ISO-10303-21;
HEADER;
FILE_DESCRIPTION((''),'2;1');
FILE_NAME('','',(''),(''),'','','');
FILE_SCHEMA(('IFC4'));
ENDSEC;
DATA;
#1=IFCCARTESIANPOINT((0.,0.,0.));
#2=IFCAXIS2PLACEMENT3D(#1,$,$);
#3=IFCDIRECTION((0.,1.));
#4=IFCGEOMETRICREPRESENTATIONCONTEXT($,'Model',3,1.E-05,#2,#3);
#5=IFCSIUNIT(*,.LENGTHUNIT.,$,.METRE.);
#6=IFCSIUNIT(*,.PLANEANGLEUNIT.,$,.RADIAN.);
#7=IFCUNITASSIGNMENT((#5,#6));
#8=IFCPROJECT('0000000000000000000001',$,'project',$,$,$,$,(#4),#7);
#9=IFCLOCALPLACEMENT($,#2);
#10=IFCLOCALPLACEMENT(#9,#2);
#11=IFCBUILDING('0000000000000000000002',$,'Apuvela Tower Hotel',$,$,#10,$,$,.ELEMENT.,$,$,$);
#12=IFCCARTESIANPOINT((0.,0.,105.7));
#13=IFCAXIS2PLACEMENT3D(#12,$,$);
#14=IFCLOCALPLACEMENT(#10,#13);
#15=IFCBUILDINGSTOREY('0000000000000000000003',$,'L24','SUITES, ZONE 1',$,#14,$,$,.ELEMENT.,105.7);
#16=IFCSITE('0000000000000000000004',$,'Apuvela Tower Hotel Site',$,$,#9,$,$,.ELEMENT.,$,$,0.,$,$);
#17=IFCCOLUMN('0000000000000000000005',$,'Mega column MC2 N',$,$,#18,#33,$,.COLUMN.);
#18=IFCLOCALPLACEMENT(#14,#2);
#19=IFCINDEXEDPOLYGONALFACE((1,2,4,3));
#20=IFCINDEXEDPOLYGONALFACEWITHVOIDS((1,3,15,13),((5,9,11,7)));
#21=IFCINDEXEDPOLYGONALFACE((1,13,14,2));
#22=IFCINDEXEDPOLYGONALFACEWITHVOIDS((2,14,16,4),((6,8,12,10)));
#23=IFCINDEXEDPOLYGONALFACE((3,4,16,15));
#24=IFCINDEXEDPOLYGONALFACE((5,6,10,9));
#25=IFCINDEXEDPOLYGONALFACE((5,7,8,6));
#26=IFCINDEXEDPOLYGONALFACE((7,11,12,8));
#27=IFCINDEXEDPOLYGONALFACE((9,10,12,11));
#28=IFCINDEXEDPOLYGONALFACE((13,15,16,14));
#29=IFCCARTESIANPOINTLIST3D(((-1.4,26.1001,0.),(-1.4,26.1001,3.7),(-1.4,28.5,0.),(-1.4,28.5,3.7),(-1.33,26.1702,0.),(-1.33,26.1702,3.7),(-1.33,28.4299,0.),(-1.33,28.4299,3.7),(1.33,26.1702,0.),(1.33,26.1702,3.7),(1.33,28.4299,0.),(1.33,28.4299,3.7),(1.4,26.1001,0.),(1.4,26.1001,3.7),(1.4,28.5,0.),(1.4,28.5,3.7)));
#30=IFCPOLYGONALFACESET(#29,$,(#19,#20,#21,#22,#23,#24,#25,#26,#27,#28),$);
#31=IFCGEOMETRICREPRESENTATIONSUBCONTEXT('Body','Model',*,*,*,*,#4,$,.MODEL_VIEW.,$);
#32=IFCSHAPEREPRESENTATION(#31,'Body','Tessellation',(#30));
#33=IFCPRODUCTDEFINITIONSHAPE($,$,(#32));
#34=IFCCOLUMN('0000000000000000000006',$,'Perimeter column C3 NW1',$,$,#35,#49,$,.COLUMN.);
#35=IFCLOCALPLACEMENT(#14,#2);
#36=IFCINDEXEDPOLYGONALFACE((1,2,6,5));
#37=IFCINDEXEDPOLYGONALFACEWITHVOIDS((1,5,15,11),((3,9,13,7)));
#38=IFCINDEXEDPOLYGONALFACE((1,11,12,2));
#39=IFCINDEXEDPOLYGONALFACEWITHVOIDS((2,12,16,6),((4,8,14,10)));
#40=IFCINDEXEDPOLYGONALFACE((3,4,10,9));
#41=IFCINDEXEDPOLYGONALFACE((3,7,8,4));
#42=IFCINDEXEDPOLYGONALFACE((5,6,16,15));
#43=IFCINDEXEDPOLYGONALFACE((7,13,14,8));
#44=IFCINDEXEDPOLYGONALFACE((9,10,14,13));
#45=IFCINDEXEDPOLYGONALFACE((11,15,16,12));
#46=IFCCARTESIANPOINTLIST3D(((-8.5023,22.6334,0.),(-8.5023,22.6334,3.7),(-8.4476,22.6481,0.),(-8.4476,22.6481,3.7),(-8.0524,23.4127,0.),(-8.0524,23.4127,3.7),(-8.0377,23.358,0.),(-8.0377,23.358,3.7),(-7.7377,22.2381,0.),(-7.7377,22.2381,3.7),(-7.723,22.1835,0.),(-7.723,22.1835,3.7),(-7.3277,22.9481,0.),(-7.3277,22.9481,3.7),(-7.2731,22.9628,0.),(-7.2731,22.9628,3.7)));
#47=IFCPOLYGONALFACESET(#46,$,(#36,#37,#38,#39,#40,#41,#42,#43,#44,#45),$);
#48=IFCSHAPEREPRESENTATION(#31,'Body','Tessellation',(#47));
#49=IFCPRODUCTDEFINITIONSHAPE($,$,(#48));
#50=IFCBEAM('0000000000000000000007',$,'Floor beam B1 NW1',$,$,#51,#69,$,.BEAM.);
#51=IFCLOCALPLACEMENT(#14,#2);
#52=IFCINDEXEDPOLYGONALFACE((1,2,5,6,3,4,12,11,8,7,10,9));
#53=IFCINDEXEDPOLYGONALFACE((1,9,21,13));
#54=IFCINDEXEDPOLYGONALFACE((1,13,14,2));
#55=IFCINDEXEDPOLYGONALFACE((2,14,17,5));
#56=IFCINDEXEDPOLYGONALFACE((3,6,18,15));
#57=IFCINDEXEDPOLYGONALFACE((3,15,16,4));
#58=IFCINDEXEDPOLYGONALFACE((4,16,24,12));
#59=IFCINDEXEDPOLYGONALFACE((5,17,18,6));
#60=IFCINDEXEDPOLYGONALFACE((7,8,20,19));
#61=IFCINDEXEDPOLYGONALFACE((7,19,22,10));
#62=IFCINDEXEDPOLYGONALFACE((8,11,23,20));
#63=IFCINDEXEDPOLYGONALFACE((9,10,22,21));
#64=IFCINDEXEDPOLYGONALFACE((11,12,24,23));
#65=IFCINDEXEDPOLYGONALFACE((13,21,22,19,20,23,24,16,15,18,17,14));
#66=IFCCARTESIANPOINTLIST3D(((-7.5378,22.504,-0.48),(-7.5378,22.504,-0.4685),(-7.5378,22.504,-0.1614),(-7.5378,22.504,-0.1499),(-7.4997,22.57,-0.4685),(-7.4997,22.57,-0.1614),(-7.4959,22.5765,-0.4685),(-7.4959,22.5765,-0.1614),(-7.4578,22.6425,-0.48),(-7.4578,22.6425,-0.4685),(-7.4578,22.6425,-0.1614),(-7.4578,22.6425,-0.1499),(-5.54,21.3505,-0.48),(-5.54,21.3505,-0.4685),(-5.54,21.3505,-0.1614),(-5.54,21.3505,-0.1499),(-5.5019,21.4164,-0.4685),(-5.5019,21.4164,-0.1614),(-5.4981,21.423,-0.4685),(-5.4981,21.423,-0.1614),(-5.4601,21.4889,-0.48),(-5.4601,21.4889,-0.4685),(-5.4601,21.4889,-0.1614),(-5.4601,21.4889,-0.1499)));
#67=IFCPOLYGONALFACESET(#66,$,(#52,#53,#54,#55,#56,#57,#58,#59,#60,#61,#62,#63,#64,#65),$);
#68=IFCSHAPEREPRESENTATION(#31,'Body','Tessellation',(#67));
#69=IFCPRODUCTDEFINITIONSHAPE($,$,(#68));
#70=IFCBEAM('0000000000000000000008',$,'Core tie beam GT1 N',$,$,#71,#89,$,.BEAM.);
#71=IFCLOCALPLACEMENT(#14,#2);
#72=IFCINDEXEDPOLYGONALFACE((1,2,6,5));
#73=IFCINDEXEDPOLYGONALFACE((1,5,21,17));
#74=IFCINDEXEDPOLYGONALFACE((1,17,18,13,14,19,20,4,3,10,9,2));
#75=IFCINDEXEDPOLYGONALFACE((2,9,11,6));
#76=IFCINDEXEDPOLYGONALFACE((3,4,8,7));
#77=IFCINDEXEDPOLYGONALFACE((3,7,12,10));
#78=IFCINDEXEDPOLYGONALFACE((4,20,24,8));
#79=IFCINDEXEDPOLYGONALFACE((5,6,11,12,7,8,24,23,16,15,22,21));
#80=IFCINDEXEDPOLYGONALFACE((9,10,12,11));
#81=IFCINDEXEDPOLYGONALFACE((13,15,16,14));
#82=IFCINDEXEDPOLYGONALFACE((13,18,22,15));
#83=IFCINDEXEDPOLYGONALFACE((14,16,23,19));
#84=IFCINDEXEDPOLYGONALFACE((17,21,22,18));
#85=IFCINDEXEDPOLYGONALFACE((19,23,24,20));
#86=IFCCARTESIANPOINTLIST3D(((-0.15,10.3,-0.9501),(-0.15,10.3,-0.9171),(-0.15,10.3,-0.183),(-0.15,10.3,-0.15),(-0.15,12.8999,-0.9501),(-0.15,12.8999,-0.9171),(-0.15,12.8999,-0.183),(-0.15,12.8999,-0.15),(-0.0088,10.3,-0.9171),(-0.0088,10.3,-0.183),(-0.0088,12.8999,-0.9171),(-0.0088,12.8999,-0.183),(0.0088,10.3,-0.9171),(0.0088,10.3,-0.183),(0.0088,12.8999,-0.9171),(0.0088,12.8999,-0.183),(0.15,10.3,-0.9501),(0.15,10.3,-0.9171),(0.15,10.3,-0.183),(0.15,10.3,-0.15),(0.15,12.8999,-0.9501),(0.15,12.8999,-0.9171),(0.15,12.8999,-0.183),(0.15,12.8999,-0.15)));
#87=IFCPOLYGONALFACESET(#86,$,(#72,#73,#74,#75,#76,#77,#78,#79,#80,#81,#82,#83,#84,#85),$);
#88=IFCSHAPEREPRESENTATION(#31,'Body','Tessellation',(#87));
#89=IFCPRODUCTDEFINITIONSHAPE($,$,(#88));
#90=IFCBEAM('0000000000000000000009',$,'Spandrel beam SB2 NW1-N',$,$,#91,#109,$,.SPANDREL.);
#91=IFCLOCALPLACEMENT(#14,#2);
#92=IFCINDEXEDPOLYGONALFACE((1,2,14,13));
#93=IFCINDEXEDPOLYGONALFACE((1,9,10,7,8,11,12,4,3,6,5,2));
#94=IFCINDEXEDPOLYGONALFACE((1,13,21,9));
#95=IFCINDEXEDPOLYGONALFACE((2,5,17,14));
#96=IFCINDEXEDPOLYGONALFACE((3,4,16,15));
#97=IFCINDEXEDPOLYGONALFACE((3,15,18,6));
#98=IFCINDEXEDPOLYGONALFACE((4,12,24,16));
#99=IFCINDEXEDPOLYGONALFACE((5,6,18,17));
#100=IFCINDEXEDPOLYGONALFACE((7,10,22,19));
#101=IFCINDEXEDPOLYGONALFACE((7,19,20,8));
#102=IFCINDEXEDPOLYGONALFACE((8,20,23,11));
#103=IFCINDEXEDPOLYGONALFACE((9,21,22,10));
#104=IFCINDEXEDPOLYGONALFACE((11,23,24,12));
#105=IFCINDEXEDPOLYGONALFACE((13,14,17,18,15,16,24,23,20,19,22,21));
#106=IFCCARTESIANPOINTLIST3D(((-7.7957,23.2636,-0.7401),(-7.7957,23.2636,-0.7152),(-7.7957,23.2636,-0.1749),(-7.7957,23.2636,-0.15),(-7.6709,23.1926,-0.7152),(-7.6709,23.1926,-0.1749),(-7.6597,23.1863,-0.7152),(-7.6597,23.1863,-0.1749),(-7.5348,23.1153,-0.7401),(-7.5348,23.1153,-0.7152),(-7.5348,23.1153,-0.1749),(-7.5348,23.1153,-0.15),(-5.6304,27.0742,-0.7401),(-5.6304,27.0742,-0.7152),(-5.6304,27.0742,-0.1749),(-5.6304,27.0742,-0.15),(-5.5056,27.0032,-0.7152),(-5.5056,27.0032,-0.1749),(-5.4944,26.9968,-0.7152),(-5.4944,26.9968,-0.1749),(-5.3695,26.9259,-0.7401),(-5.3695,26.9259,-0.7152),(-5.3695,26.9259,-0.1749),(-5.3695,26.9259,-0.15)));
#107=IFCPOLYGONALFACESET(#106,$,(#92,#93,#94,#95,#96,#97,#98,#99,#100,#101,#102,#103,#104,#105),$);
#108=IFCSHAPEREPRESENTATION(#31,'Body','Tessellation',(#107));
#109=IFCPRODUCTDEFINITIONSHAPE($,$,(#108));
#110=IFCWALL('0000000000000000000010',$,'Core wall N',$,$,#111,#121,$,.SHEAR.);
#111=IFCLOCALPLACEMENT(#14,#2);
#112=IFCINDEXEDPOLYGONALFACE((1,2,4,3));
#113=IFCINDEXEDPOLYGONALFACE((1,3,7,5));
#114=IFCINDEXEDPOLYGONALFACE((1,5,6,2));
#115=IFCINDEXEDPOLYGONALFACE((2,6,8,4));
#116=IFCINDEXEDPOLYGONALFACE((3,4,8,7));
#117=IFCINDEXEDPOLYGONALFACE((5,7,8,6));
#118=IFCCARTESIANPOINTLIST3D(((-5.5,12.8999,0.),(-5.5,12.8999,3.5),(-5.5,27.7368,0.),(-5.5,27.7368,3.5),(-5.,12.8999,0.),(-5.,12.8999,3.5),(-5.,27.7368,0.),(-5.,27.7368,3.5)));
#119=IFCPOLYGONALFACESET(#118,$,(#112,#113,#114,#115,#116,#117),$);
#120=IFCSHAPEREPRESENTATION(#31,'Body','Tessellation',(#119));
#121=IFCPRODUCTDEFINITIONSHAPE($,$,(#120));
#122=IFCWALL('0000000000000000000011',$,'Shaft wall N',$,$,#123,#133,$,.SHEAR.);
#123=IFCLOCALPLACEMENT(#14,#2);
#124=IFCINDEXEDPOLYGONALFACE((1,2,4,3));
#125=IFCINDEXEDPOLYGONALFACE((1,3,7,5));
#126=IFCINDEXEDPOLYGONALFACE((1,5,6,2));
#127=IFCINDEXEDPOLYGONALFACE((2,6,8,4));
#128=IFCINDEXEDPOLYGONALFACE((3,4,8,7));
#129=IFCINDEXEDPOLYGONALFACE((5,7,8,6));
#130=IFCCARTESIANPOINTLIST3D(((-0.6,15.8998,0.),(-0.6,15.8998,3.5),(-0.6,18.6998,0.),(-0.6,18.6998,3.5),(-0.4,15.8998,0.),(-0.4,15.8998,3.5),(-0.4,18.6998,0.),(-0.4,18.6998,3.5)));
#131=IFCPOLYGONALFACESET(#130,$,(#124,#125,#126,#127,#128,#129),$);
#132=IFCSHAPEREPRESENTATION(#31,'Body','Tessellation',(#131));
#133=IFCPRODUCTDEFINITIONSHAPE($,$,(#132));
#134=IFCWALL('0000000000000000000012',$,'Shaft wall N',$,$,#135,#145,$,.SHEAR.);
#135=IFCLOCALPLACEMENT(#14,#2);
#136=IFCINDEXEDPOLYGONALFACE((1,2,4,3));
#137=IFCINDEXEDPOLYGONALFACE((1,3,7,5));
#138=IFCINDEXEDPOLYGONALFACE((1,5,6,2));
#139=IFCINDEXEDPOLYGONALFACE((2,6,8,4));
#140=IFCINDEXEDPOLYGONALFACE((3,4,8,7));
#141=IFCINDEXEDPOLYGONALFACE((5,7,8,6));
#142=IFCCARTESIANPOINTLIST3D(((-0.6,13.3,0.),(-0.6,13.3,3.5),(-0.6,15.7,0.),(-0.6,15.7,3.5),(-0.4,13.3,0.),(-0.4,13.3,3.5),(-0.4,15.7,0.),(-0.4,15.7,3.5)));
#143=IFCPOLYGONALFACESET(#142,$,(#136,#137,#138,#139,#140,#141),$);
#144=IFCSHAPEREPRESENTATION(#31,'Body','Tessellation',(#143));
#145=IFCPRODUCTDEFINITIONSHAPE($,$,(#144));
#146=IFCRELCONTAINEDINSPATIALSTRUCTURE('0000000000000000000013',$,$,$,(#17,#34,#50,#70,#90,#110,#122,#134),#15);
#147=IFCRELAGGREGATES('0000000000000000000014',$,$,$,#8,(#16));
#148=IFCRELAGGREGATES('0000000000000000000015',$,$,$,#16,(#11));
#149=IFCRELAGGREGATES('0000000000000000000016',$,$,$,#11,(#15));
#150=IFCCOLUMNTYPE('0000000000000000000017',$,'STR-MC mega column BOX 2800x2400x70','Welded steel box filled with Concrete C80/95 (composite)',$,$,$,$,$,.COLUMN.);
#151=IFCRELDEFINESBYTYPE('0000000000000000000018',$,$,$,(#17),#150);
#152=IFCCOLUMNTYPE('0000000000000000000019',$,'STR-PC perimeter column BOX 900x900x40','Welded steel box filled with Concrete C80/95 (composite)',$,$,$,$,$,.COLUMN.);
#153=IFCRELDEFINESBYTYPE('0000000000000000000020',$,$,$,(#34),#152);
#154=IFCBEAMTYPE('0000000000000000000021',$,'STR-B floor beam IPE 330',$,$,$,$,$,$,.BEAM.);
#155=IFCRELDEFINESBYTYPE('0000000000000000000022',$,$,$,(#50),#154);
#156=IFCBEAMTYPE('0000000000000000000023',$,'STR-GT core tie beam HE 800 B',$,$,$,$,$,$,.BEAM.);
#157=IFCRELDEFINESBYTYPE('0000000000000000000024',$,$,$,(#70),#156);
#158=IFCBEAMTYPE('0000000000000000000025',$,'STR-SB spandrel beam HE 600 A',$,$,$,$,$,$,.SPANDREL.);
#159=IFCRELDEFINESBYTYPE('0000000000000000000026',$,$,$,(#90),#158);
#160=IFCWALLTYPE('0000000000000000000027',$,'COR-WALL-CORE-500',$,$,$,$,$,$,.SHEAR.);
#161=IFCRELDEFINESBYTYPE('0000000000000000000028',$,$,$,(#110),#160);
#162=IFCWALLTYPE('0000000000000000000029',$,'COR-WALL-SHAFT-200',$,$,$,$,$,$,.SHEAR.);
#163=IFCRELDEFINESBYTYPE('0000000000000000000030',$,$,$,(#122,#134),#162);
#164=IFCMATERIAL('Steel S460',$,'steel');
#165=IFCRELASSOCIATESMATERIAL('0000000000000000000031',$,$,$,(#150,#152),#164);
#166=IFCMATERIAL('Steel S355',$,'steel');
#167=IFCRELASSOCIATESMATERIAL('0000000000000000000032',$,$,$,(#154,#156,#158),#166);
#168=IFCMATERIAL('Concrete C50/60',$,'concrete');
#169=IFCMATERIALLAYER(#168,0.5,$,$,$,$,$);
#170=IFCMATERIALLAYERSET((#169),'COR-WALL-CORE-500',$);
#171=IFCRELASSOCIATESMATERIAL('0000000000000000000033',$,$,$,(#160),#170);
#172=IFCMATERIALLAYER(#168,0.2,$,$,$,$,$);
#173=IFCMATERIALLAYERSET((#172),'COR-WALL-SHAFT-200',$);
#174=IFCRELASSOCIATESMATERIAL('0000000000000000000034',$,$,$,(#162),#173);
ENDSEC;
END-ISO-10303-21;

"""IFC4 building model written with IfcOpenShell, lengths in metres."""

from ifc_helpers import new_model, si_unit, direction, frame, frame_2d, origin, origin_2d, place, context, subcontext, project, spatial, rectangle, hollow_rectangle, i_section, extrude, material, layer, layer_set, material_profile, profile_set, type_object, element, save


model = new_model("IFC4")

# Units and contexts
model_context = context("Model", 3, precision=1e-05, world=origin(), true_north=direction((0.0, 1.0)))
body_context = subcontext(model_context, "Body", "Model", "MODEL_VIEW")
ifc_project = project(units=[si_unit("LENGTHUNIT", "METRE"), si_unit("PLANEANGLEUNIT", "RADIAN")], contexts=[model_context])

# Site, building, storey
site_placement = place(None, origin())
site = spatial("IfcSite", under=ifc_project, at=site_placement, Name="Apuvela Tower Hotel Site", CompositionType="ELEMENT", RefElevation=0.0)
building_placement = place(site_placement, origin())
building = spatial("IfcBuilding", under=site, at=building_placement, Name="Apuvela Tower Hotel", CompositionType="ELEMENT")
storey_placement = place(building_placement, frame((0.0, 0.0, 105.7)))
storey = spatial("IfcBuildingStorey", under=building, at=storey_placement, Name="L24", Description="SUITES, ZONE 1", CompositionType="ELEMENT", Elevation=105.7)

# Columns
ifc_material_1 = material(Name="Steel S460", Category="steel")
ifc_material_profile_1 = material_profile(ifc_material_1, hollow_rectangle(XDim=2.8, YDim=2.3999, WallThickness=0.0701, at=origin_2d()), Name="BOX 2800x2400x70")
ifc_material_2 = material(Name="Concrete C80/95", Category="concrete")
ifc_material_profile_2 = material_profile(ifc_material_2, rectangle(XDim=2.6599, YDim=2.26, at=origin_2d()), Name="Concrete C80/95 infill")
ifc_profile_set_1 = profile_set([ifc_material_profile_1, ifc_material_profile_2], Name="Steel S460")
column_type_1 = type_object("IfcColumnType", Name="STR-MC mega column BOX 2800x2400x70", Description="Welded steel box filled with Concrete C80/95 (composite)", PredefinedType="COLUMN", material=ifc_profile_set_1)
column_1_placement = place(storey_placement, frame((0.0, 27.3, 0.0), z_axis=(0.0, 0.0, 1.0), x_axis=(1.0, 0.0, 0.0)))
element("IfcColumn", 1, at=column_1_placement, inside=storey, type_object=column_type_1, Name="Mega column MC2 N", PredefinedType="COLUMN", context=body_context, shape_type="SweptSolid", body=[
    extrude(hollow_rectangle(XDim=2.8, YDim=2.3999, WallThickness=0.0701, at=origin_2d()), origin(), (0.0, 0.0, 1.0), 3.7),
])
ifc_material_profile_3 = material_profile(ifc_material_1, hollow_rectangle(XDim=0.8999, YDim=0.8999, WallThickness=0.04, at=origin_2d()), Name="BOX 900x900x40")
ifc_material_profile_4 = material_profile(ifc_material_2, rectangle(XDim=0.8201, YDim=0.8201, at=origin_2d()), Name="Concrete C80/95 infill")
ifc_profile_set_2 = profile_set([ifc_material_profile_3, ifc_material_profile_4], Name="Steel S460")
column_type_2 = type_object("IfcColumnType", Name="STR-PC perimeter column BOX 900x900x40", Description="Welded steel box filled with Concrete C80/95 (composite)", PredefinedType="COLUMN", material=ifc_profile_set_2)
column_2_placement = place(storey_placement, frame((-7.8877, 22.7981, 0.0), z_axis=(0.0, 0.0, 1.0), x_axis=(0.5, 0.866025, 0.0)))
element("IfcColumn", 2, at=column_2_placement, inside=storey, type_object=column_type_2, Name="Perimeter column C3 NW1", PredefinedType="COLUMN", context=body_context, shape_type="SweptSolid", body=[
    extrude(hollow_rectangle(XDim=0.8999, YDim=0.8999, WallThickness=0.04, at=origin_2d()), origin(), (0.0, 0.0, 1.0), 3.7),
])

# Beams
ifc_material_3 = material(Name="Steel S355", Category="steel")
ifc_material_profile_5 = material_profile(ifc_material_3, i_section(OverallWidth=0.1599, OverallDepth=0.3301, WebThickness=0.0076, FlangeThickness=0.0115, at=origin_2d()), Name="IPE 330")
ifc_profile_set_3 = profile_set([ifc_material_profile_5], Name="Steel S355")
beam_type_1 = type_object("IfcBeamType", Name="STR-B floor beam IPE 330", PredefinedType="BEAM", material=ifc_profile_set_3)
beam_1_placement = place(storey_placement, frame((-7.4978, 22.5732, -0.3149), z_axis=(0.866001, -0.500043, 0.0), x_axis=(0.500043, 0.866001, 0.0)))
element("IfcBeam", 3, at=beam_1_placement, inside=storey, type_object=beam_type_1, Name="Floor beam B1 NW1", PredefinedType="BEAM", context=body_context, shape_type="SweptSolid", body=[
    extrude(i_section(OverallWidth=0.1599, OverallDepth=0.3301, WebThickness=0.0076, FlangeThickness=0.0115, at=origin_2d()), origin(), (0.0, 0.0, 1.0), 2.3069),
])
ifc_material_profile_6 = material_profile(ifc_material_3, i_section(OverallWidth=0.3, OverallDepth=0.8, WebThickness=0.0176, FlangeThickness=0.033, at=origin_2d()), Name="HE 800 B")
ifc_profile_set_4 = profile_set([ifc_material_profile_6], Name="Steel S355")
beam_type_2 = type_object("IfcBeamType", Name="STR-GT core tie beam HE 800 B", PredefinedType="BEAM", material=ifc_profile_set_4)
beam_2_placement = place(storey_placement, frame((0.0, 12.8999, -0.55), z_axis=(0.0, -1.0, 0.0), x_axis=(1.0, 0.0, 0.0)))
element("IfcBeam", 4, at=beam_2_placement, inside=storey, type_object=beam_type_2, Name="Core tie beam GT1 N", PredefinedType="BEAM", context=body_context, shape_type="SweptSolid", body=[
    extrude(i_section(OverallWidth=0.3, OverallDepth=0.8, WebThickness=0.0176, FlangeThickness=0.033, at=origin_2d()), origin(), (0.0, 0.0, 1.0), 2.5999),
])
ifc_material_profile_7 = material_profile(ifc_material_3, i_section(OverallWidth=0.3, OverallDepth=0.5901, WebThickness=0.0129, FlangeThickness=0.0249, at=origin_2d()), Name="HE 600 A")
ifc_profile_set_5 = profile_set([ifc_material_profile_7], Name="Steel S355")
beam_type_3 = type_object("IfcBeamType", Name="STR-SB spandrel beam HE 600 A", PredefinedType="SPANDREL", material=ifc_profile_set_5)
beam_3_placement = place(storey_placement, frame((-7.6653, 23.1895, -0.4451), z_axis=(0.494044, 0.869437, 0.0), x_axis=(-0.869437, 0.494044, 0.0)))
element("IfcBeam", 5, at=beam_3_placement, inside=storey, type_object=beam_type_3, Name="Spandrel beam SB2 NW1-N", PredefinedType="SPANDREL", context=body_context, shape_type="SweptSolid", body=[
    extrude(i_section(OverallWidth=0.3, OverallDepth=0.5901, WebThickness=0.0129, FlangeThickness=0.0249, at=origin_2d()), origin(), (0.0, 0.0, 1.0), 4.3828),
])

# Walls
ifc_material_4 = material(Name="Concrete C50/60", Category="concrete")
ifc_layer_1 = layer(ifc_material_4, 0.5)
ifc_layer_set_1 = layer_set([ifc_layer_1], Name="COR-WALL-CORE-500")
wall_type_1 = type_object("IfcWallType", Name="COR-WALL-CORE-500", PredefinedType="SHEAR", material=ifc_layer_set_1)
wall_1_placement = place(storey_placement, frame((-5.25, 12.8999, 0.0), z_axis=(0.0, 0.0, 1.0), x_axis=(0.0, 1.0, 0.0)))
element("IfcWall", 6, at=wall_1_placement, inside=storey, type_object=wall_type_1, Name="Core wall N", PredefinedType="SHEAR", context=body_context, shape_type="SweptSolid", body=[
    extrude(rectangle(XDim=14.8369, YDim=0.5, at=frame_2d((7.4185, 0.0))), origin(), (0.0, 0.0, 1.0), 3.5),
])
ifc_layer_2 = layer(ifc_material_4, 0.2)
ifc_layer_set_2 = layer_set([ifc_layer_2], Name="COR-WALL-SHAFT-200")
wall_type_2 = type_object("IfcWallType", Name="COR-WALL-SHAFT-200", PredefinedType="SHEAR", material=ifc_layer_set_2)
wall_2_placement = place(storey_placement, frame((-0.5, 15.8999, 0.0), z_axis=(0.0, 0.0, 1.0), x_axis=(0.0, 1.0, 0.0)))
element("IfcWall", 7, at=wall_2_placement, inside=storey, type_object=wall_type_2, Name="Shaft wall N", PredefinedType="SHEAR", context=body_context, shape_type="SweptSolid", body=[
    extrude(rectangle(XDim=2.8, YDim=0.2, at=frame_2d((1.3999, 0.0))), origin(), (0.0, 0.0, 1.0), 3.5),
])
wall_3_placement = place(storey_placement, frame((-0.5, 13.3, 0.0), z_axis=(0.0, 0.0, 1.0), x_axis=(0.0, 1.0, 0.0)))
element("IfcWall", 8, at=wall_3_placement, inside=storey, type_object=wall_type_2, Name="Shaft wall N", PredefinedType="SHEAR", context=body_context, shape_type="SweptSolid", body=[
    extrude(rectangle(XDim=2.3999, YDim=0.2, at=frame_2d((1.2, 0.0))), origin(), (0.0, 0.0, 1.0), 3.5),
])

save(model, "model.ifc")
